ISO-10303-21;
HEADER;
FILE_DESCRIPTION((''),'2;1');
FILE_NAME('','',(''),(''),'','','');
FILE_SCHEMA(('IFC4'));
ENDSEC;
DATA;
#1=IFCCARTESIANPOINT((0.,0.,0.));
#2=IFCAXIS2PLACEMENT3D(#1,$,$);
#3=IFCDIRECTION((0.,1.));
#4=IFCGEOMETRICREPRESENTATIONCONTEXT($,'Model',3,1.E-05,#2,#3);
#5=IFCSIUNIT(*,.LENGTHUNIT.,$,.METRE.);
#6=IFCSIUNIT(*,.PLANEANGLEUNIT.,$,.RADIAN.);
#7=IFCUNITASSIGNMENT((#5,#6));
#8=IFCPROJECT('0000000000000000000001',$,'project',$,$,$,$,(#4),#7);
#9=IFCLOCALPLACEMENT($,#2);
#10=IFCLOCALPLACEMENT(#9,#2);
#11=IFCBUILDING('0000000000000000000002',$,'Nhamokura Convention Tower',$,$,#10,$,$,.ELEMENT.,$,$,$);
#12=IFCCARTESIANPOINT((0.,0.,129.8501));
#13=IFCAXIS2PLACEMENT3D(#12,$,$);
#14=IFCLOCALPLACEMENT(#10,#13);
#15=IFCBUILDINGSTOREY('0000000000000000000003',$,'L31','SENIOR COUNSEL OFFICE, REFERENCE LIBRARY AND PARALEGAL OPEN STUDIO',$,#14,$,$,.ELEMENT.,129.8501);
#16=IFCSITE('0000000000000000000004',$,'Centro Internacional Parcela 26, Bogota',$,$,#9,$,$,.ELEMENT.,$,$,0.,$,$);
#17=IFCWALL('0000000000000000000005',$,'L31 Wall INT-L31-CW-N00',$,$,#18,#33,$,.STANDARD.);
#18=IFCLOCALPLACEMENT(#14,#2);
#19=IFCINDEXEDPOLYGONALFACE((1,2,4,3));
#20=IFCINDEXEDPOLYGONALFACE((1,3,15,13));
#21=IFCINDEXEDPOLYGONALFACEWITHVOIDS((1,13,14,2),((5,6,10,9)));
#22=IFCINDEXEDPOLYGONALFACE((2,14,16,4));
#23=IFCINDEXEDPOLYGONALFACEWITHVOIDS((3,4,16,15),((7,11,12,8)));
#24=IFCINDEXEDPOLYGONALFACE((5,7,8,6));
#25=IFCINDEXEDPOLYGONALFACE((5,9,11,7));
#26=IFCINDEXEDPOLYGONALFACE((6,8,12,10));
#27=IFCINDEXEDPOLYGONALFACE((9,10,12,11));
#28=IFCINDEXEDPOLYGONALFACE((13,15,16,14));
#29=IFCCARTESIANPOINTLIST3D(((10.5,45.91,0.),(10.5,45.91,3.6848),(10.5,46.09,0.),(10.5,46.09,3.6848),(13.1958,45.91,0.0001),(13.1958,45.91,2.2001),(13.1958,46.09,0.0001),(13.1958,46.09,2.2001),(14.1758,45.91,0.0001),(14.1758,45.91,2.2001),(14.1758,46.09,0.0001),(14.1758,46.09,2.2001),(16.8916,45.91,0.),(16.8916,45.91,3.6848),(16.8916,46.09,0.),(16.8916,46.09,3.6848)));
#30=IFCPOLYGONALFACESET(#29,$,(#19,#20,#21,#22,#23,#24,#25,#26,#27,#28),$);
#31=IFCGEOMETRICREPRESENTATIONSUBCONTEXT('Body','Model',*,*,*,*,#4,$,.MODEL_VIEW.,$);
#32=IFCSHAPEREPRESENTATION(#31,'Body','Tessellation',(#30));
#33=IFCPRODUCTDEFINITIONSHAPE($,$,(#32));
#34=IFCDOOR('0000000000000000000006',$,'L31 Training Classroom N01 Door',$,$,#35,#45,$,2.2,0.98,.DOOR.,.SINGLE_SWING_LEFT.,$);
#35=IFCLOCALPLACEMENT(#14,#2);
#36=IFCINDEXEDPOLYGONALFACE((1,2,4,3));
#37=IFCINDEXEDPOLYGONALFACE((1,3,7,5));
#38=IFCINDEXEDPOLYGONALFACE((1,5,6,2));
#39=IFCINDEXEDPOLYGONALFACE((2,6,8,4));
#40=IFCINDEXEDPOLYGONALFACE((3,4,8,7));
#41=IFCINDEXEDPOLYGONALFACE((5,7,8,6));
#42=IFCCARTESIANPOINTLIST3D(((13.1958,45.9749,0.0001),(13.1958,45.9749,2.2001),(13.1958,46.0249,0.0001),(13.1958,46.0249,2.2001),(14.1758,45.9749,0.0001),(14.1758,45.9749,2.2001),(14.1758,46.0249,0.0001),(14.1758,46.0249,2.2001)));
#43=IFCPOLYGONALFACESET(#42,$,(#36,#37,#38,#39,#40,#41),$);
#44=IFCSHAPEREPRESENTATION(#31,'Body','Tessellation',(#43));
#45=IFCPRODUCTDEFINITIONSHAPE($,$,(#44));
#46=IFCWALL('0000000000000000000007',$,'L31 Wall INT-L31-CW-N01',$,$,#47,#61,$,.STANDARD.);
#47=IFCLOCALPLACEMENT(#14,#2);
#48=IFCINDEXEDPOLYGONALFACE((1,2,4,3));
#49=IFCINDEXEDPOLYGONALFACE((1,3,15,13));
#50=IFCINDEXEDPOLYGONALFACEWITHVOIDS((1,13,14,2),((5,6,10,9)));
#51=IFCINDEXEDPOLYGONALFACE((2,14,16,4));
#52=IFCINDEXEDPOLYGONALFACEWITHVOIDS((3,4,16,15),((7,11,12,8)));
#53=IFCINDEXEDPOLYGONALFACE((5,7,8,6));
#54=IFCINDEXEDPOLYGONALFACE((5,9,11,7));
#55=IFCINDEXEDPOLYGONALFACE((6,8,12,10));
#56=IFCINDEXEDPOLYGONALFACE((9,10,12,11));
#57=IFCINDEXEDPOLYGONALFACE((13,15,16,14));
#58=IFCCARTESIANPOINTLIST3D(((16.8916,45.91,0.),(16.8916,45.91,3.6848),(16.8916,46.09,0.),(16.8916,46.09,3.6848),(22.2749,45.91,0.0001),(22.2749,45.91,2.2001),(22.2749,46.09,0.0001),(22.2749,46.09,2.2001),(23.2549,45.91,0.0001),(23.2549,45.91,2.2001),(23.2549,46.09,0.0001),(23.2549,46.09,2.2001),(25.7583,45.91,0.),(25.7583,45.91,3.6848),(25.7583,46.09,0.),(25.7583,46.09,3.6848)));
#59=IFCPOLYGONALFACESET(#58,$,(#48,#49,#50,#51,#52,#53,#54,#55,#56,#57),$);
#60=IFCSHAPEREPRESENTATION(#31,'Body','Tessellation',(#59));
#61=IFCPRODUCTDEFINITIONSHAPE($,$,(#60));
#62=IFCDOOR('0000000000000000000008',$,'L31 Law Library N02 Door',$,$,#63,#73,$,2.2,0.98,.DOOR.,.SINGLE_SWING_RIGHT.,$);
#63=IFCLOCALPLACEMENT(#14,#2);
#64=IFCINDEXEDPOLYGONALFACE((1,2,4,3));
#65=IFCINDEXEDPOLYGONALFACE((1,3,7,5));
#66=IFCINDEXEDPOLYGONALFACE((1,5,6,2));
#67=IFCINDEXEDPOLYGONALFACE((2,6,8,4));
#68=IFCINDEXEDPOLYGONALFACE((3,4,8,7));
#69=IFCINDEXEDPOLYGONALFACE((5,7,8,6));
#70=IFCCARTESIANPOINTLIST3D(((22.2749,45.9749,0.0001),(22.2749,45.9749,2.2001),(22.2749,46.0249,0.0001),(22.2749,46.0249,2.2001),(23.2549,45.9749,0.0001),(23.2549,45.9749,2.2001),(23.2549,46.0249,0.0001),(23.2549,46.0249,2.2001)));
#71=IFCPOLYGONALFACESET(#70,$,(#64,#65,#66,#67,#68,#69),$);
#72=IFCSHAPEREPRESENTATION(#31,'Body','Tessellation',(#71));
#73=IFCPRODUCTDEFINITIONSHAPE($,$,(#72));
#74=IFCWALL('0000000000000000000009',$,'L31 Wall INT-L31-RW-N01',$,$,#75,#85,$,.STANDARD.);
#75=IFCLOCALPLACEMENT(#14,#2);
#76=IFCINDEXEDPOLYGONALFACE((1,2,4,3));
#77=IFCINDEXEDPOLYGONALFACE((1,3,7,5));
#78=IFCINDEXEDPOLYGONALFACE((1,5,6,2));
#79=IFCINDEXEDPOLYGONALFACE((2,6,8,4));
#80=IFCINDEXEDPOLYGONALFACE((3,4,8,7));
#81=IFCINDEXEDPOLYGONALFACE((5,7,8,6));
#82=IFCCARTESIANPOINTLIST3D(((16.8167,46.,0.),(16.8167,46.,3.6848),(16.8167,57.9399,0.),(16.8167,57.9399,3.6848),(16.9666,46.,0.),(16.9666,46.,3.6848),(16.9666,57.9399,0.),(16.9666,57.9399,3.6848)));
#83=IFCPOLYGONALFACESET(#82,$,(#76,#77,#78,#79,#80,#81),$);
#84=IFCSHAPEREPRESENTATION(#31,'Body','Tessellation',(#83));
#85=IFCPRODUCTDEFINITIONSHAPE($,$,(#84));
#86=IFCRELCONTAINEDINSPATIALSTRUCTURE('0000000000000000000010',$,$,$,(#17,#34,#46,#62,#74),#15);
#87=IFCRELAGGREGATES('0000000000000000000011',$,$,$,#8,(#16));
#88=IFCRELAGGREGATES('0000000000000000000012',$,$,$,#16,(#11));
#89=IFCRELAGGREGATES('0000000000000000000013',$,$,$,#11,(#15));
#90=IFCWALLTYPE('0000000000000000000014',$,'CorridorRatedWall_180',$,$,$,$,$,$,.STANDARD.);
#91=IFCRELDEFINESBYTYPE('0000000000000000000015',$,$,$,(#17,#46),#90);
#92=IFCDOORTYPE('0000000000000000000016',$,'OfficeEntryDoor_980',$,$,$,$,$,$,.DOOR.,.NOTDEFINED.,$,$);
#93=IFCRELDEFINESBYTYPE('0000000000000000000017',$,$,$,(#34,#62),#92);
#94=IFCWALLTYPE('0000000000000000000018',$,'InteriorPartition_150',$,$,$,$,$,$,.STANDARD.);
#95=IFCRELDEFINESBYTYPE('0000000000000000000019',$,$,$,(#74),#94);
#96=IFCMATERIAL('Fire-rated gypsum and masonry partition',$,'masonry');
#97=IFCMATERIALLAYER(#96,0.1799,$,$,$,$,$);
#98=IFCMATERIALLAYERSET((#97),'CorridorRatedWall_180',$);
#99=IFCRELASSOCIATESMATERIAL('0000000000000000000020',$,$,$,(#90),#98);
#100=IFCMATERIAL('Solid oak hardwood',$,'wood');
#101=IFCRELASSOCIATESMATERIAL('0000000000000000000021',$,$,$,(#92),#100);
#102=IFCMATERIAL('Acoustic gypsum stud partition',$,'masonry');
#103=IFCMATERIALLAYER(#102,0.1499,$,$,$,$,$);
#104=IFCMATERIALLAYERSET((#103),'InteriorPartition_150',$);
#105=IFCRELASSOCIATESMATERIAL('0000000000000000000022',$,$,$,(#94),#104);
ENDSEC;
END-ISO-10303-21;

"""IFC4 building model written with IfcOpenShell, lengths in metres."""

from ifc_helpers import new_model, si_unit, direction, frame, frame_2d, origin, place, context, subcontext, project, spatial, rectangle, extrude, material, layer, layer_set, type_object, element, fill, save


model = new_model("IFC4")

# Units and contexts
model_context = context("Model", 3, precision=1e-05, world=origin(), true_north=direction((0.0, 1.0)))
body_context = subcontext(model_context, "Body", "Model", "MODEL_VIEW")
ifc_project = project(units=[si_unit("LENGTHUNIT", "METRE"), si_unit("PLANEANGLEUNIT", "RADIAN")], contexts=[model_context])

# Site, building, storey
site_placement = place(None, origin())
site = spatial("IfcSite", under=ifc_project, at=site_placement, Name="Centro Internacional Parcela 26, Bogota", CompositionType="ELEMENT", RefElevation=0.0)
building_placement = place(site_placement, origin())
building = spatial("IfcBuilding", under=site, at=building_placement, Name="Nhamokura Convention Tower", CompositionType="ELEMENT")
storey_placement = place(building_placement, frame((0.0, 0.0, 129.8501)))
storey = spatial("IfcBuildingStorey", under=building, at=storey_placement, Name="L31", Description="SENIOR COUNSEL OFFICE, REFERENCE LIBRARY AND PARALEGAL OPEN STUDIO", CompositionType="ELEMENT", Elevation=129.8501)

# Walls, openings, doors
ifc_material_1 = material(Name="Fire-rated gypsum and masonry partition", Category="masonry")
ifc_layer_1 = layer(ifc_material_1, 0.1799)
ifc_layer_set_1 = layer_set([ifc_layer_1], Name="CorridorRatedWall_180")
wall_type_1 = type_object("IfcWallType", Name="CorridorRatedWall_180", PredefinedType="STANDARD", material=ifc_layer_set_1)
wall_1_placement = place(storey_placement, frame((10.5, 46.0, 0.0), z_axis=(0.0, 0.0, 1.0), x_axis=(1.0, 0.0, 0.0)))
wall_1 = element("IfcWall", 1, at=wall_1_placement, inside=storey, type_object=wall_type_1, Name="L31 Wall INT-L31-CW-N00", PredefinedType="STANDARD", context=body_context, shape_type="SweptSolid", body=[
    extrude(rectangle(XDim=6.3916, YDim=0.1799, at=frame_2d((3.1958, 0.0))), origin(), (0.0, 0.0, 1.0), 3.6848),
])
opening_1_placement = place(wall_1_placement, frame((2.6958, 0.0, 0.0)))
opening_1 = element("IfcOpeningElement", 2, at=opening_1_placement, cuts=wall_1, PredefinedType="OPENING", context=body_context, shape_type="SweptSolid", body=[
    extrude(rectangle(XDim=0.98, YDim=2.2, at=frame_2d((0.49, 1.1001))), frame((0.0, 0.0999, 0.0), z_axis=(0.0, -1.0, 0.0), x_axis=(1.0, 0.0, 0.0)), (0.0, 0.0, 1.0), 0.2),
])
ifc_material_2 = material(Name="Solid oak hardwood", Category="wood")
door_type = type_object("IfcDoorType", Name="OfficeEntryDoor_980", OperationType="NOTDEFINED", PredefinedType="DOOR", material=ifc_material_2)
door_1_placement = place(opening_1_placement, origin())
door_1 = element("IfcDoor", 3, at=door_1_placement, inside=storey, type_object=door_type, Name="L31 Training Classroom N01 Door", OperationType="SINGLE_SWING_LEFT", OverallHeight=2.2, OverallWidth=0.98, PredefinedType="DOOR", context=body_context, shape_type="SweptSolid", body=[
    extrude(rectangle(XDim=0.98, YDim=2.2, at=frame_2d((0.49, 1.1001))), frame((0.0, 0.0249, 0.0), z_axis=(0.0, -1.0, 0.0), x_axis=(1.0, 0.0, 0.0)), (0.0, 0.0, 1.0), 0.05),
])
fill(opening_1, door_1)
wall_2_placement = place(storey_placement, frame((16.8916, 46.0, 0.0), z_axis=(0.0, 0.0, 1.0), x_axis=(1.0, 0.0, 0.0)))
wall_2 = element("IfcWall", 4, at=wall_2_placement, inside=storey, type_object=wall_type_1, Name="L31 Wall INT-L31-CW-N01", PredefinedType="STANDARD", context=body_context, shape_type="SweptSolid", body=[
    extrude(rectangle(XDim=8.8667, YDim=0.1799, at=frame_2d((4.4333, 0.0))), origin(), (0.0, 0.0, 1.0), 3.6848),
])
opening_2_placement = place(wall_2_placement, frame((5.3833, 0.0, 0.0)))
opening_2 = element("IfcOpeningElement", 5, at=opening_2_placement, cuts=wall_2, PredefinedType="OPENING", context=body_context, shape_type="SweptSolid", body=[
    extrude(rectangle(XDim=0.98, YDim=2.2, at=frame_2d((0.49, 1.1001))), frame((0.0, 0.0999, 0.0), z_axis=(0.0, -1.0, 0.0), x_axis=(1.0, 0.0, 0.0)), (0.0, 0.0, 1.0), 0.2),
])
door_2_placement = place(opening_2_placement, origin())
door_2 = element("IfcDoor", 6, at=door_2_placement, inside=storey, type_object=door_type, Name="L31 Law Library N02 Door", OperationType="SINGLE_SWING_RIGHT", OverallHeight=2.2, OverallWidth=0.98, PredefinedType="DOOR", context=body_context, shape_type="SweptSolid", body=[
    extrude(rectangle(XDim=0.98, YDim=2.2, at=frame_2d((0.49, 1.1001))), frame((0.0, 0.0249, 0.0), z_axis=(0.0, -1.0, 0.0), x_axis=(1.0, 0.0, 0.0)), (0.0, 0.0, 1.0), 0.05),
])
fill(opening_2, door_2)

# Wall
ifc_material_3 = material(Name="Acoustic gypsum stud partition", Category="masonry")
ifc_layer_2 = layer(ifc_material_3, 0.1499)
ifc_layer_set_2 = layer_set([ifc_layer_2], Name="InteriorPartition_150")
wall_type_2 = type_object("IfcWallType", Name="InteriorPartition_150", PredefinedType="STANDARD", material=ifc_layer_set_2)
wall_3_placement = place(storey_placement, frame((16.8916, 46.0, 0.0), z_axis=(0.0, 0.0, 1.0), x_axis=(0.0, 1.0, 0.0)))
element("IfcWall", 7, at=wall_3_placement, inside=storey, type_object=wall_type_2, Name="L31 Wall INT-L31-RW-N01", PredefinedType="STANDARD", context=body_context, shape_type="SweptSolid", body=[
    extrude(rectangle(XDim=11.9399, YDim=0.1499, at=frame_2d((5.97, 0.0))), origin(), (0.0, 0.0, 1.0), 3.6848),
])

save(model, "model.ifc")
